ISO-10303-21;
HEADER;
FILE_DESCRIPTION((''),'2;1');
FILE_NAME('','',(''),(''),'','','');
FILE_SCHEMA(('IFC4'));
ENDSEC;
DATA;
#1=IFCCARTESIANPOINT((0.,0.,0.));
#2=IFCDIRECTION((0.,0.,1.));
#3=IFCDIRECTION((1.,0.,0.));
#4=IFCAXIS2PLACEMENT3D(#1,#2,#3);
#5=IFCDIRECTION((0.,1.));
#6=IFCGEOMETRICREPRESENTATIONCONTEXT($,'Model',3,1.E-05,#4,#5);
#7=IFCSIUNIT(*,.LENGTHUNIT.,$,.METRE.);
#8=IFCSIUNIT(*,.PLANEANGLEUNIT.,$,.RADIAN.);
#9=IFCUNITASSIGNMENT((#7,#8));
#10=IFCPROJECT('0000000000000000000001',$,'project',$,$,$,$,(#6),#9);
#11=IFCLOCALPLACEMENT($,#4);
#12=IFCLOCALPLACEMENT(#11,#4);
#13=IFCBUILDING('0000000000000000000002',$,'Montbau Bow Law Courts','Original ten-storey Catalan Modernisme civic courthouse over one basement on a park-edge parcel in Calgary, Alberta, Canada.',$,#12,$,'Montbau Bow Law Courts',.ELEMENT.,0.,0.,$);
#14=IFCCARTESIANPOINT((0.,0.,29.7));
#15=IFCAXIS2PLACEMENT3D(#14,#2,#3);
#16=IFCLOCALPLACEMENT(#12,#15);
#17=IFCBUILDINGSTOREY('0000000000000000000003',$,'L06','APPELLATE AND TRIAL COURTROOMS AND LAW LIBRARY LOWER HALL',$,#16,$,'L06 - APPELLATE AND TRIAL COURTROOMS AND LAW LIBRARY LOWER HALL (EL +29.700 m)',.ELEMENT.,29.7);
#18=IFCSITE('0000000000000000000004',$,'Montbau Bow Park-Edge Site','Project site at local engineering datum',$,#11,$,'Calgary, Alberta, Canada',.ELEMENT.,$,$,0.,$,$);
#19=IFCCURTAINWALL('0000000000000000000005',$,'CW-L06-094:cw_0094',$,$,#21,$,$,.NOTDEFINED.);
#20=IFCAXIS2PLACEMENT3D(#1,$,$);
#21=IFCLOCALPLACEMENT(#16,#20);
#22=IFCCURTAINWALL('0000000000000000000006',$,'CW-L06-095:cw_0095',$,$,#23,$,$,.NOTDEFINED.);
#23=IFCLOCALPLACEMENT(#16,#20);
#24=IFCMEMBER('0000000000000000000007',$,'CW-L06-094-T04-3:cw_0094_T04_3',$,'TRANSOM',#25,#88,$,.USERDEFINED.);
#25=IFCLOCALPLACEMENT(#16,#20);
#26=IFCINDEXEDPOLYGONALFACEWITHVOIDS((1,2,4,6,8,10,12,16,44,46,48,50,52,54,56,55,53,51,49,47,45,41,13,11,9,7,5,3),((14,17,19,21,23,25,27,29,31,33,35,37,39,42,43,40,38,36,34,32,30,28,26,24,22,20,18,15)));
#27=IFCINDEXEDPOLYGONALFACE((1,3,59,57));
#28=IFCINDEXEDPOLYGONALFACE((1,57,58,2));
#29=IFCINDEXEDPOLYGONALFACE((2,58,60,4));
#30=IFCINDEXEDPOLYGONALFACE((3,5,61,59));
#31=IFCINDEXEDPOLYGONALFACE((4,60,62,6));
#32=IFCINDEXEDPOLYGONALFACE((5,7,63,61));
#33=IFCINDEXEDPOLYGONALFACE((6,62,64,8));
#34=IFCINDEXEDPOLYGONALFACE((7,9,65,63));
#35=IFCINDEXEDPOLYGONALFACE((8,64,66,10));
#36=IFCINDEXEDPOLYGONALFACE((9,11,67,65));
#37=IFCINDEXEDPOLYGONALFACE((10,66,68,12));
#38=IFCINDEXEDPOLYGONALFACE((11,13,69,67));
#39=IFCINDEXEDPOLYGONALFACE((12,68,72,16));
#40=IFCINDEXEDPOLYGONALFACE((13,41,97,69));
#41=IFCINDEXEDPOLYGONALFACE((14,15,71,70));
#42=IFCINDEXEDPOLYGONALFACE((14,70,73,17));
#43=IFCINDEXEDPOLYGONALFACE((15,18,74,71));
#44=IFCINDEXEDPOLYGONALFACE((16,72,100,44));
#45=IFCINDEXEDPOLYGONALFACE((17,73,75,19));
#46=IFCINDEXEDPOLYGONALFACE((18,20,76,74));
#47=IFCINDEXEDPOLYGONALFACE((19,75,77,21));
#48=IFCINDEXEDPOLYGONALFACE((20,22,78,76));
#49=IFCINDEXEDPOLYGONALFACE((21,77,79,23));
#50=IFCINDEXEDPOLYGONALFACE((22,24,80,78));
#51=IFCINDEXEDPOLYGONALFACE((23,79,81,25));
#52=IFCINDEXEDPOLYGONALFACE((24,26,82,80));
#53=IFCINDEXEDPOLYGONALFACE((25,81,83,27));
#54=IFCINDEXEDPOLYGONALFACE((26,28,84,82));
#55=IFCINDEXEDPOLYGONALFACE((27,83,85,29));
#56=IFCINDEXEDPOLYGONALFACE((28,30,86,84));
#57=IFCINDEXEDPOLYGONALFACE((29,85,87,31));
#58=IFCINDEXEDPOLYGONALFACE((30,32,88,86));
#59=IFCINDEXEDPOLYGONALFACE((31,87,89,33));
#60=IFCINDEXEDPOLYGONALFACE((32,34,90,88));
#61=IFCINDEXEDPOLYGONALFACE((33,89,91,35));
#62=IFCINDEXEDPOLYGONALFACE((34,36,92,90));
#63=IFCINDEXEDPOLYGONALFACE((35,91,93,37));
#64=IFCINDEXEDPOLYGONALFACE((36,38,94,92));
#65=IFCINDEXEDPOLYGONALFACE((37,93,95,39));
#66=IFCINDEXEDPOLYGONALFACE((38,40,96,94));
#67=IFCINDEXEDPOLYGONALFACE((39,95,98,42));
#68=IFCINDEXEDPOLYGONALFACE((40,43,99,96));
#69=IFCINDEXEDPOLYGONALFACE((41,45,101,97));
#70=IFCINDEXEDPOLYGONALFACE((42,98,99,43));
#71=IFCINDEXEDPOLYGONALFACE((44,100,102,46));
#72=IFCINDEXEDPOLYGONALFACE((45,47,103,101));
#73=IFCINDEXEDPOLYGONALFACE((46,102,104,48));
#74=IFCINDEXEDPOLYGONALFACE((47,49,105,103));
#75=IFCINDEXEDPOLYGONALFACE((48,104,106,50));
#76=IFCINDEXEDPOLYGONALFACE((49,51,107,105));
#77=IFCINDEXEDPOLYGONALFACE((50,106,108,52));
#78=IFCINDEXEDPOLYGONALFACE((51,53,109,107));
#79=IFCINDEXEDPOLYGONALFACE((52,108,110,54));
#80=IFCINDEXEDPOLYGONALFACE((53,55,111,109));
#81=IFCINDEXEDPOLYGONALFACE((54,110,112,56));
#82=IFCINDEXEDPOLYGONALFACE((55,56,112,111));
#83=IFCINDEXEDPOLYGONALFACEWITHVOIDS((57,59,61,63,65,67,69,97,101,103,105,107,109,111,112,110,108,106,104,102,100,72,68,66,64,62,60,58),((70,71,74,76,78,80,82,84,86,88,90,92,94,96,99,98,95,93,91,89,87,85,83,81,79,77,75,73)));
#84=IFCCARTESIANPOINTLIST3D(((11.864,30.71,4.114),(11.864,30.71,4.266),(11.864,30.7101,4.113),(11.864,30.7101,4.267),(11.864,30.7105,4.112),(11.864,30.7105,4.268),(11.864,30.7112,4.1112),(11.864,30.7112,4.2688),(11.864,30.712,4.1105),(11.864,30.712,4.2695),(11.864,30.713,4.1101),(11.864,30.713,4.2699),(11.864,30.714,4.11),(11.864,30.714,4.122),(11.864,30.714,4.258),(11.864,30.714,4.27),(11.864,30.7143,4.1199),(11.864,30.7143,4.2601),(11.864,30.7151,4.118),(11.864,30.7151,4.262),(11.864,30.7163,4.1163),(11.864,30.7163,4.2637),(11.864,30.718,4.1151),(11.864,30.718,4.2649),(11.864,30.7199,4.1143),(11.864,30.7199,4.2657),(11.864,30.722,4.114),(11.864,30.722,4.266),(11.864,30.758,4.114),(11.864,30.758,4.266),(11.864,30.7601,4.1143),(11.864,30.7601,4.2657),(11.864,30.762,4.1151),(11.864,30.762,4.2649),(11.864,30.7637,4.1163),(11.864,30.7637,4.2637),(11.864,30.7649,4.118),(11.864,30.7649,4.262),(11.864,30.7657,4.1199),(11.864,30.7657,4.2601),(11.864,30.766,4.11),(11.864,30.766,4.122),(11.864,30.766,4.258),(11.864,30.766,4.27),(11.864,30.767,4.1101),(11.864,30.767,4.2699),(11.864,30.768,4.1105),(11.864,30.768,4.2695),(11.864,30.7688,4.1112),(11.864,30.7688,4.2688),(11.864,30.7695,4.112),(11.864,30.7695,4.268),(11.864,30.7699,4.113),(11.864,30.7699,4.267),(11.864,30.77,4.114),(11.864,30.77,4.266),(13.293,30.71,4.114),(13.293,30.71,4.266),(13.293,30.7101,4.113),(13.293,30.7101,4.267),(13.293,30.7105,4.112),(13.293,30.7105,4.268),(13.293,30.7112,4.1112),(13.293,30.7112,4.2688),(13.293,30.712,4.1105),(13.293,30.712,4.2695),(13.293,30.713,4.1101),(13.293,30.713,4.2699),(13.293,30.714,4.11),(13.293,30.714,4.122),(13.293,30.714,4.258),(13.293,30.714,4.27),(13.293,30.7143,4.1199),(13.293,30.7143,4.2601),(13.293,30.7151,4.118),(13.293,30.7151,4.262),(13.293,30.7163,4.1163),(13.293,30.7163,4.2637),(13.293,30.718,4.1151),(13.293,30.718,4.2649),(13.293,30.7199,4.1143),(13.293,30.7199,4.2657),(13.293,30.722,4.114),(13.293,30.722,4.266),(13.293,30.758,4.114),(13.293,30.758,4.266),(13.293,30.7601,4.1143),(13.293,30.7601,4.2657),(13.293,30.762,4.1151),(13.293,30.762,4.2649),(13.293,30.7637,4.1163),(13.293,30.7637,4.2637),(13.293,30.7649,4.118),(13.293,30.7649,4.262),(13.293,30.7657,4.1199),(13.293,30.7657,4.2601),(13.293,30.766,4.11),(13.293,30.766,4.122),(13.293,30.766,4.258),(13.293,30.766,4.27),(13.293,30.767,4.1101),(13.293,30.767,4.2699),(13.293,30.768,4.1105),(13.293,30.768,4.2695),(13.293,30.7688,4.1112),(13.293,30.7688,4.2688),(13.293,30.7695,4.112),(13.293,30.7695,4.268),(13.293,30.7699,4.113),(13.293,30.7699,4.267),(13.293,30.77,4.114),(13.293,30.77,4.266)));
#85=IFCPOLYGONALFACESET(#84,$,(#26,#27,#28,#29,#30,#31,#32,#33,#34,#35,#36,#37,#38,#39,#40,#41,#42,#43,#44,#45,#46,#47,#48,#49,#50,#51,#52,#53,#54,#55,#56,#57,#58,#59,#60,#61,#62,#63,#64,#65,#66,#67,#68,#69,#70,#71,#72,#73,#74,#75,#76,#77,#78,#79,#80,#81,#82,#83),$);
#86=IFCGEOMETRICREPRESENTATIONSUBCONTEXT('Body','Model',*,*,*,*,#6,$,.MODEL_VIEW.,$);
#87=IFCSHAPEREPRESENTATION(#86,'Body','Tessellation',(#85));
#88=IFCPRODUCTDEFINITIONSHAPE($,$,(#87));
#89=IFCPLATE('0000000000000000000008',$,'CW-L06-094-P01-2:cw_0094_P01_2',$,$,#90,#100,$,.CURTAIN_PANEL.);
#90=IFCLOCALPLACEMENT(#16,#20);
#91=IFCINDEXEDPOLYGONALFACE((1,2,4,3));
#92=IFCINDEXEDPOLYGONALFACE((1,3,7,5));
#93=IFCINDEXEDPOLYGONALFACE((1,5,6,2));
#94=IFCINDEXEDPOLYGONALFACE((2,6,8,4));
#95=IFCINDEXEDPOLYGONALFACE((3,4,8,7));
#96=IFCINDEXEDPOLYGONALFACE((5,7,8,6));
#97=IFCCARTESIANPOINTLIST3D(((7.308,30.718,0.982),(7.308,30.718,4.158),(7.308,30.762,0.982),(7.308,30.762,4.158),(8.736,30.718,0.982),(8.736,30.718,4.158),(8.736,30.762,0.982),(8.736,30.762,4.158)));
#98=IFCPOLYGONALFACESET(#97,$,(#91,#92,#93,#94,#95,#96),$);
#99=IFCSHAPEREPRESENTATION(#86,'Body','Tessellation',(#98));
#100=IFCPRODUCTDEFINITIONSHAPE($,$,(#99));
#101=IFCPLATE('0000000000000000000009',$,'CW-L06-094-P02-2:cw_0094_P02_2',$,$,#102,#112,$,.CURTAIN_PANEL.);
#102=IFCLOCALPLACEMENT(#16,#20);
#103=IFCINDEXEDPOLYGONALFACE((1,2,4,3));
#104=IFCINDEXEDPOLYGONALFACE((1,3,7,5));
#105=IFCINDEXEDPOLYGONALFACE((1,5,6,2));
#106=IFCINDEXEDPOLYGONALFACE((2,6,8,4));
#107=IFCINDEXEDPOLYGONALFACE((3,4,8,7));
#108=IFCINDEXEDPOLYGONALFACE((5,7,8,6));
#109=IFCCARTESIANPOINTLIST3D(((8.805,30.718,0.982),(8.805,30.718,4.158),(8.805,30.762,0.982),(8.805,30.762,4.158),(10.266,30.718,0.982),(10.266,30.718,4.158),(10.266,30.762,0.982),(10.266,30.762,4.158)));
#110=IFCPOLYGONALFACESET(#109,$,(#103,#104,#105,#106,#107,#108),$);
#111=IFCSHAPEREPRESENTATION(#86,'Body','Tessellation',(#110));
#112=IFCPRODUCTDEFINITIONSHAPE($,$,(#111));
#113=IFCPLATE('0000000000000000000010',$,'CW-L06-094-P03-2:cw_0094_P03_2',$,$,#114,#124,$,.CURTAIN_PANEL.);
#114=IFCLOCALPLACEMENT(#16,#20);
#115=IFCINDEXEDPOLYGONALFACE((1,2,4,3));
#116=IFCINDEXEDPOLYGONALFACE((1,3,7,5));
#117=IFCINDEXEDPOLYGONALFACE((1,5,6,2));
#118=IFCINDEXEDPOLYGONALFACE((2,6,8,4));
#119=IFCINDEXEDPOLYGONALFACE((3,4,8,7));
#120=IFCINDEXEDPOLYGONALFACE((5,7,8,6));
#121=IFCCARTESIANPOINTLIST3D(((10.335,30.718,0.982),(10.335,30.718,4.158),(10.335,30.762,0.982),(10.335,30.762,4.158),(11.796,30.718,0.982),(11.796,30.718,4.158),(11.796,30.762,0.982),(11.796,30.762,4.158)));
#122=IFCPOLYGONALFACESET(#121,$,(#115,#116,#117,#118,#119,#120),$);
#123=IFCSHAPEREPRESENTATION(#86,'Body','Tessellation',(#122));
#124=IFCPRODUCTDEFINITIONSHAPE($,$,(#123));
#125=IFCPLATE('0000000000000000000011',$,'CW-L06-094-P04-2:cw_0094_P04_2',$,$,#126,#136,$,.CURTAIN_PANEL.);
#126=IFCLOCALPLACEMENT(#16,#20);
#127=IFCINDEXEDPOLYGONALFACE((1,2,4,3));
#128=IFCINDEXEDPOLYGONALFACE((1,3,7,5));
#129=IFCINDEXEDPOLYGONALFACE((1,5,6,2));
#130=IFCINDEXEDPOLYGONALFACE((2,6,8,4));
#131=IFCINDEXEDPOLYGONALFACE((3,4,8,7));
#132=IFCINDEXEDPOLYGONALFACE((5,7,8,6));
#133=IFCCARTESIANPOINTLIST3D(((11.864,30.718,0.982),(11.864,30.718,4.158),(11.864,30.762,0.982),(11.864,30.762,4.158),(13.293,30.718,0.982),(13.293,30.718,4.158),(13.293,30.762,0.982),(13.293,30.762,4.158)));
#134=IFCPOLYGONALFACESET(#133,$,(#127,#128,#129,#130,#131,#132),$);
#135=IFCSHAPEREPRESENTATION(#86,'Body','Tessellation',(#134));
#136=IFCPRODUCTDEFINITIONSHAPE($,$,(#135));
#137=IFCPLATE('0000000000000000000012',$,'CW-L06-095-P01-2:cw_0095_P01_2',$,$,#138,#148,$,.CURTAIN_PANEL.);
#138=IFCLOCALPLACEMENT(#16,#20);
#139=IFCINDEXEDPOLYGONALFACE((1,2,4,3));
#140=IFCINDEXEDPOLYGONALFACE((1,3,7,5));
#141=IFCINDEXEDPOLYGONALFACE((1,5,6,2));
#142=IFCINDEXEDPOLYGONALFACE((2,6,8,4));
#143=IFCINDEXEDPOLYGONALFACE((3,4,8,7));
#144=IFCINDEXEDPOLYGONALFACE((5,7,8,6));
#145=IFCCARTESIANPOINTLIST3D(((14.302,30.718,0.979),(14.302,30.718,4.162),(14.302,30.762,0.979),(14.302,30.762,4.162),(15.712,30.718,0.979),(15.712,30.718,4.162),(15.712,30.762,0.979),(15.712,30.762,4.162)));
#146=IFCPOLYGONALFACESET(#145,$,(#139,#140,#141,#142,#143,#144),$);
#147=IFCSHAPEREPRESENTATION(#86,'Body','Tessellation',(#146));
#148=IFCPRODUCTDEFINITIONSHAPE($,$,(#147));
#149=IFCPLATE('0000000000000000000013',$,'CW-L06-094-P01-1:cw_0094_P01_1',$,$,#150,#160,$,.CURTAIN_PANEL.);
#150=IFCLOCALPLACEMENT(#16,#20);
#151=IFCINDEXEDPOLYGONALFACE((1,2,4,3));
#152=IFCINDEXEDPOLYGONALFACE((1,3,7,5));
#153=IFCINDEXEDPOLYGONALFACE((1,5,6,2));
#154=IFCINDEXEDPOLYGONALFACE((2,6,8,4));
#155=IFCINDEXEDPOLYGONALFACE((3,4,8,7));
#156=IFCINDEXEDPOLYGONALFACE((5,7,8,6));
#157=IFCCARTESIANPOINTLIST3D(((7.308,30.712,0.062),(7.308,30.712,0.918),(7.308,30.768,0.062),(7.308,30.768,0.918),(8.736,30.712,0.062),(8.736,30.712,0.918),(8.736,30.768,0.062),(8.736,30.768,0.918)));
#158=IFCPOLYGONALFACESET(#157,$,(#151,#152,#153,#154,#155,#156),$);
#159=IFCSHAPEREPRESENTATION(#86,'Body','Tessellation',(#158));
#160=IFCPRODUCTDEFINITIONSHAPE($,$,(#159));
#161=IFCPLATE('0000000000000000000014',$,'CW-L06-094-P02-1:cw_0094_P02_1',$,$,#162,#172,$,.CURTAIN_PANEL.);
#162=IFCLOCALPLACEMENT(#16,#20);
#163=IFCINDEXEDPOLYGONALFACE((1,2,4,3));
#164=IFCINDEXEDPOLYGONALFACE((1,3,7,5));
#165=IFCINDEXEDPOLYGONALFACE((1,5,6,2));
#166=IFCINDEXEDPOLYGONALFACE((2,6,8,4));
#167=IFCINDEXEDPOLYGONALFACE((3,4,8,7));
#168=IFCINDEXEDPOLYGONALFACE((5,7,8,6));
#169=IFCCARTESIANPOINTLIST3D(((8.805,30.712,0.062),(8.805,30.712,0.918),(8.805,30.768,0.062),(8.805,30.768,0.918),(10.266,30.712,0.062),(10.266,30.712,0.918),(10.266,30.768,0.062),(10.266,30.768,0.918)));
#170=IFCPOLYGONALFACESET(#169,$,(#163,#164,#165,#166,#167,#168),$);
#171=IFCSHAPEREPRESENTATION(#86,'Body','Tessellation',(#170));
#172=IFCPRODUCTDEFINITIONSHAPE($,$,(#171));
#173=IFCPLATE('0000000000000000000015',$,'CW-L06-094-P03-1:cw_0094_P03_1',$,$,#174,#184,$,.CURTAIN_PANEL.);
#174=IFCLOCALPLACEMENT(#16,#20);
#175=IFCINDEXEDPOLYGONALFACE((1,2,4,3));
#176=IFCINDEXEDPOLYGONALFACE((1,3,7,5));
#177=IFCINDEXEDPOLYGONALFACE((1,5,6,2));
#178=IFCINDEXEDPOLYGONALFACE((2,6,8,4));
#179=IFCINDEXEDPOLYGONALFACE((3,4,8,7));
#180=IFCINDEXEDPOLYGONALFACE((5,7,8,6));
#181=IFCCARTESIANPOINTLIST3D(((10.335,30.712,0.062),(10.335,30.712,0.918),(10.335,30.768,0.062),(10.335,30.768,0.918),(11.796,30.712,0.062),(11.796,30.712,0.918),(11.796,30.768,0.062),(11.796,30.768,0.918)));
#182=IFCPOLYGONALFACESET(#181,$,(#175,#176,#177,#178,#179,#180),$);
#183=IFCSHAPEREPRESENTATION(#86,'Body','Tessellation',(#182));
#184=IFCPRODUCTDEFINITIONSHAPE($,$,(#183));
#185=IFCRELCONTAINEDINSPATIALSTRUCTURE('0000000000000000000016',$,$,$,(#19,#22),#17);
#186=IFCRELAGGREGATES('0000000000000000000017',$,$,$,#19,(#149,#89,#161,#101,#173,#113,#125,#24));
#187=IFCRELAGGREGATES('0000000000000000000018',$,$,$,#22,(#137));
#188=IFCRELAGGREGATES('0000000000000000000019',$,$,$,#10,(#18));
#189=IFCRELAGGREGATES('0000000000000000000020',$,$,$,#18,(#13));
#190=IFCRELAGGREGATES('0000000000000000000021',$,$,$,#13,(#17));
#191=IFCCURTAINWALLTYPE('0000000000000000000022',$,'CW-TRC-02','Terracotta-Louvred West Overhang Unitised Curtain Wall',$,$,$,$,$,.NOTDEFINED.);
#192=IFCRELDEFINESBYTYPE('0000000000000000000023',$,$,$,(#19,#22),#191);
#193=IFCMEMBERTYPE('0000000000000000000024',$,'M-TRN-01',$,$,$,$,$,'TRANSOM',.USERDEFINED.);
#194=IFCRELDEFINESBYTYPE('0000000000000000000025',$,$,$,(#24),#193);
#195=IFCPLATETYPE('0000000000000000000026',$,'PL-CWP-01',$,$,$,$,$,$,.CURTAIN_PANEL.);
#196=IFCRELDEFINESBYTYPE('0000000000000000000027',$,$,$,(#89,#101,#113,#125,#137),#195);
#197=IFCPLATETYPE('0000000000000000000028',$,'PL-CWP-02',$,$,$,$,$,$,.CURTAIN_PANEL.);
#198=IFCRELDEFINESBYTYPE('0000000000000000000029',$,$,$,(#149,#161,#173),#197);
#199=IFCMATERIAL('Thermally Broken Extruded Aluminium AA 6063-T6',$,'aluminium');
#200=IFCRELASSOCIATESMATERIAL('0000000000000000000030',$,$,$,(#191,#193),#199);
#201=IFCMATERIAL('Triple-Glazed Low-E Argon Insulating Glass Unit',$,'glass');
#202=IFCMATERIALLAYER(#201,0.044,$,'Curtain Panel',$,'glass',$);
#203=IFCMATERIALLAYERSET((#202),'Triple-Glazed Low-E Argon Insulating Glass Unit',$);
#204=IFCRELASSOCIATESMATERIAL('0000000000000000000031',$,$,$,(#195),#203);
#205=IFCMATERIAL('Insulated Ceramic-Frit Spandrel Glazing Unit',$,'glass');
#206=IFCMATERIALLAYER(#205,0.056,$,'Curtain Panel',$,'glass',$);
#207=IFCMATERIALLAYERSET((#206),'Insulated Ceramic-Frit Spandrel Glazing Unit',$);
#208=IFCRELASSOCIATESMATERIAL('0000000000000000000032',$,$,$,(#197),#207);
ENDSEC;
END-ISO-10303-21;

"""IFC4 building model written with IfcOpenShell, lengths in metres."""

from ifc_helpers import new_model, si_unit, direction, frame, frame_2d, origin_with_axes, origin_2d_with_axis, place, context, subcontext, project, spatial, rectangle, hollow_rectangle, extrude, material, layer, layer_set, material_profile, profile_set, type_object, element, aggregate, save


model = new_model("IFC4")

# Units and contexts
model_context = context("Model", 3, precision=1e-05, world=origin_with_axes(), true_north=direction((0.0, 1.0)))
body_context = subcontext(model_context, "Body", "Model", "MODEL_VIEW")
ifc_project = project(units=[si_unit("LENGTHUNIT", "METRE"), si_unit("PLANEANGLEUNIT", "RADIAN")], contexts=[model_context])

# Site, building, storey
site_placement = place(None, origin_with_axes())
site = spatial("IfcSite", under=ifc_project, at=site_placement, Name="Montbau Bow Park-Edge Site", Description="Project site at local engineering datum", LongName="Calgary, Alberta, Canada", CompositionType="ELEMENT", RefElevation=0.0)
building_placement = place(site_placement, origin_with_axes())
building = spatial("IfcBuilding", under=site, at=building_placement, Name="Montbau Bow Law Courts", Description="Original ten-storey Catalan Modernisme civic courthouse over one basement on a park-edge parcel in Calgary, Alberta, Canada.", LongName="Montbau Bow Law Courts", CompositionType="ELEMENT", ElevationOfRefHeight=0.0, ElevationOfTerrain=0.0)
storey_placement = place(building_placement, frame((0.0, 0.0, 29.7), z_axis=(0.0, 0.0, 1.0), x_axis=(1.0, 0.0, 0.0)))
storey = spatial("IfcBuildingStorey", under=building, at=storey_placement, Name="L06", Description="APPELLATE AND TRIAL COURTROOMS AND LAW LIBRARY LOWER HALL", LongName="L06 - APPELLATE AND TRIAL COURTROOMS AND LAW LIBRARY LOWER HALL (EL +29.700 m)", CompositionType="ELEMENT", Elevation=29.7)

# Curtain wall
ifc_material_1 = material(Name="Thermally Broken Extruded Aluminium AA 6063-T6", Category="aluminium")
curtain_wall_type = type_object("IfcCurtainWallType", Name="CW-TRC-02", Description="Terracotta-Louvred West Overhang Unitised Curtain Wall", PredefinedType="NOTDEFINED", material=ifc_material_1)
curtain_wall_1_placement = place(None, frame((7.24, 30.74, 29.7), z_axis=(0.0, 0.0, 1.0), x_axis=(1.0, 0.0, 0.0)))
curtain_wall_1 = element("IfcCurtainWall", 1, at=curtain_wall_1_placement, inside=storey, type_object=curtain_wall_type, Name="CW-L06-094:cw_0094", PredefinedType="NOTDEFINED")

# Curtain wall
curtain_wall_2_placement = place(None, frame((14.24, 30.74, 29.7), z_axis=(0.0, 0.0, 1.0), x_axis=(1.0, 0.0, 0.0)))
curtain_wall_2 = element("IfcCurtainWall", 2, at=curtain_wall_2_placement, inside=storey, type_object=curtain_wall_type, Name="CW-L06-095:cw_0095", PredefinedType="NOTDEFINED")

# Member
ifc_material_profile_1 = material_profile(ifc_material_1, hollow_rectangle(XDim=0.06, YDim=0.16, WallThickness=0.004, InnerFilletRadius=0.008, OuterFilletRadius=0.004, at=origin_2d_with_axis()), Name="CWT-160X60", Category="Main", Priority=0)
ifc_profile_set_1 = profile_set([ifc_material_profile_1], Name="Thermally Broken Extruded Aluminium AA 6063-T6")
member_type_1 = type_object("IfcMemberType", Name="M-TRN-01", ElementType="TRANSOM", PredefinedType="USERDEFINED", material=ifc_profile_set_1)
member_1_placement = place(None, frame((11.864, 30.74, 33.89), z_axis=(1.0, 0.0, 0.0), x_axis=(0.0, 1.0, 0.0)))
member_1 = element("IfcMember", 3, at=member_1_placement, type_object=member_type_1, Name="CW-L06-094-T04-3:cw_0094_T04_3", ObjectType="TRANSOM", PredefinedType="USERDEFINED", context=body_context, shape_type="SweptSolid", body=[
    extrude(hollow_rectangle(XDim=0.06, YDim=0.16, WallThickness=0.004, InnerFilletRadius=0.008, OuterFilletRadius=0.004, at=origin_2d_with_axis()), origin_with_axes(), (0.0, 0.0, 1.0), 1.429),
])

# Plates
ifc_material_2 = material(Name="Triple-Glazed Low-E Argon Insulating Glass Unit", Category="glass")
ifc_layer_1 = layer(ifc_material_2, 0.044, Name="Curtain Panel", Category="glass")
ifc_layer_set_1 = layer_set([ifc_layer_1], Name="Triple-Glazed Low-E Argon Insulating Glass Unit")
plate_type_1 = type_object("IfcPlateType", Name="PL-CWP-01", PredefinedType="CURTAIN_PANEL", material=ifc_layer_set_1)
plate_1_placement = place(None, frame((7.308, 30.74, 30.682), z_axis=(0.0, -1.0, 0.0), x_axis=(1.0, 0.0, 0.0)))
plate_1 = element("IfcPlate", 4, at=plate_1_placement, type_object=plate_type_1, Name="CW-L06-094-P01-2:cw_0094_P01_2", PredefinedType="CURTAIN_PANEL", context=body_context, shape_type="SweptSolid", body=[
    extrude(rectangle(XDim=1.428, YDim=3.176, at=frame_2d((0.714, 1.588), x_axis=(1.0, 0.0))), frame((0.0, 0.0, -0.022), z_axis=(0.0, 0.0, 1.0), x_axis=(1.0, 0.0, 0.0)), (0.0, 0.0, 1.0), 0.044),
])
plate_2_placement = place(None, frame((8.805, 30.74, 30.682), z_axis=(0.0, -1.0, 0.0), x_axis=(1.0, 0.0, 0.0)))
plate_2 = element("IfcPlate", 5, at=plate_2_placement, type_object=plate_type_1, Name="CW-L06-094-P02-2:cw_0094_P02_2", PredefinedType="CURTAIN_PANEL", context=body_context, shape_type="SweptSolid", body=[
    extrude(rectangle(XDim=1.461, YDim=3.176, at=frame_2d((0.7305, 1.588), x_axis=(1.0, 0.0))), frame((0.0, 0.0, -0.022), z_axis=(0.0, 0.0, 1.0), x_axis=(1.0, 0.0, 0.0)), (0.0, 0.0, 1.0), 0.044),
])
plate_3_placement = place(None, frame((10.335, 30.74, 30.682), z_axis=(0.0, -1.0, 0.0), x_axis=(1.0, 0.0, 0.0)))
plate_3 = element("IfcPlate", 6, at=plate_3_placement, type_object=plate_type_1, Name="CW-L06-094-P03-2:cw_0094_P03_2", PredefinedType="CURTAIN_PANEL", context=body_context, shape_type="SweptSolid", body=[
    extrude(rectangle(XDim=1.461, YDim=3.176, at=frame_2d((0.7305, 1.588), x_axis=(1.0, 0.0))), frame((0.0, 0.0, -0.022), z_axis=(0.0, 0.0, 1.0), x_axis=(1.0, 0.0, 0.0)), (0.0, 0.0, 1.0), 0.044),
])
plate_4_placement = place(None, frame((11.864, 30.74, 30.682), z_axis=(0.0, -1.0, 0.0), x_axis=(1.0, 0.0, 0.0)))
plate_4 = element("IfcPlate", 7, at=plate_4_placement, type_object=plate_type_1, Name="CW-L06-094-P04-2:cw_0094_P04_2", PredefinedType="CURTAIN_PANEL", context=body_context, shape_type="SweptSolid", body=[
    extrude(rectangle(XDim=1.429, YDim=3.176, at=frame_2d((0.7145, 1.588), x_axis=(1.0, 0.0))), frame((0.0, 0.0, -0.022), z_axis=(0.0, 0.0, 1.0), x_axis=(1.0, 0.0, 0.0)), (0.0, 0.0, 1.0), 0.044),
])
plate_5_placement = place(None, frame((14.302, 30.74, 30.679), z_axis=(0.0, -1.0, 0.0), x_axis=(1.0, 0.0, 0.0)))
plate_5 = element("IfcPlate", 8, at=plate_5_placement, type_object=plate_type_1, Name="CW-L06-095-P01-2:cw_0095_P01_2", PredefinedType="CURTAIN_PANEL", context=body_context, shape_type="SweptSolid", body=[
    extrude(rectangle(XDim=1.41, YDim=3.183, at=frame_2d((0.705, 1.5915), x_axis=(1.0, 0.0))), frame((0.0, 0.0, -0.022), z_axis=(0.0, 0.0, 1.0), x_axis=(1.0, 0.0, 0.0)), (0.0, 0.0, 1.0), 0.044),
])
ifc_material_3 = material(Name="Insulated Ceramic-Frit Spandrel Glazing Unit", Category="glass")
ifc_layer_2 = layer(ifc_material_3, 0.056, Name="Curtain Panel", Category="glass")
ifc_layer_set_2 = layer_set([ifc_layer_2], Name="Insulated Ceramic-Frit Spandrel Glazing Unit")
plate_type_2 = type_object("IfcPlateType", Name="PL-CWP-02", PredefinedType="CURTAIN_PANEL", material=ifc_layer_set_2)
plate_6_placement = place(None, frame((7.308, 30.74, 29.762), z_axis=(0.0, -1.0, 0.0), x_axis=(1.0, 0.0, 0.0)))
plate_6 = element("IfcPlate", 9, at=plate_6_placement, type_object=plate_type_2, Name="CW-L06-094-P01-1:cw_0094_P01_1", PredefinedType="CURTAIN_PANEL", context=body_context, shape_type="SweptSolid", body=[
    extrude(rectangle(XDim=1.428, YDim=0.856, at=frame_2d((0.714, 0.428), x_axis=(1.0, 0.0))), frame((0.0, 0.0, -0.028), z_axis=(0.0, 0.0, 1.0), x_axis=(1.0, 0.0, 0.0)), (0.0, 0.0, 1.0), 0.056),
])
plate_7_placement = place(None, frame((8.805, 30.74, 29.762), z_axis=(0.0, -1.0, 0.0), x_axis=(1.0, 0.0, 0.0)))
plate_7 = element("IfcPlate", 10, at=plate_7_placement, type_object=plate_type_2, Name="CW-L06-094-P02-1:cw_0094_P02_1", PredefinedType="CURTAIN_PANEL", context=body_context, shape_type="SweptSolid", body=[
    extrude(rectangle(XDim=1.461, YDim=0.856, at=frame_2d((0.7305, 0.428), x_axis=(1.0, 0.0))), frame((0.0, 0.0, -0.028), z_axis=(0.0, 0.0, 1.0), x_axis=(1.0, 0.0, 0.0)), (0.0, 0.0, 1.0), 0.056),
])
plate_8_placement = place(None, frame((10.335, 30.74, 29.762), z_axis=(0.0, -1.0, 0.0), x_axis=(1.0, 0.0, 0.0)))
plate_8 = element("IfcPlate", 11, at=plate_8_placement, type_object=plate_type_2, Name="CW-L06-094-P03-1:cw_0094_P03_1", PredefinedType="CURTAIN_PANEL", context=body_context, shape_type="SweptSolid", body=[
    extrude(rectangle(XDim=1.461, YDim=0.856, at=frame_2d((0.7305, 0.428), x_axis=(1.0, 0.0))), frame((0.0, 0.0, -0.028), z_axis=(0.0, 0.0, 1.0), x_axis=(1.0, 0.0, 0.0)), (0.0, 0.0, 1.0), 0.056),
])
aggregate(curtain_wall_1, [plate_6, plate_1, plate_7, plate_2, plate_8, plate_3, plate_4, member_1])
aggregate(curtain_wall_2, [plate_5])

save(model, "model.ifc")
